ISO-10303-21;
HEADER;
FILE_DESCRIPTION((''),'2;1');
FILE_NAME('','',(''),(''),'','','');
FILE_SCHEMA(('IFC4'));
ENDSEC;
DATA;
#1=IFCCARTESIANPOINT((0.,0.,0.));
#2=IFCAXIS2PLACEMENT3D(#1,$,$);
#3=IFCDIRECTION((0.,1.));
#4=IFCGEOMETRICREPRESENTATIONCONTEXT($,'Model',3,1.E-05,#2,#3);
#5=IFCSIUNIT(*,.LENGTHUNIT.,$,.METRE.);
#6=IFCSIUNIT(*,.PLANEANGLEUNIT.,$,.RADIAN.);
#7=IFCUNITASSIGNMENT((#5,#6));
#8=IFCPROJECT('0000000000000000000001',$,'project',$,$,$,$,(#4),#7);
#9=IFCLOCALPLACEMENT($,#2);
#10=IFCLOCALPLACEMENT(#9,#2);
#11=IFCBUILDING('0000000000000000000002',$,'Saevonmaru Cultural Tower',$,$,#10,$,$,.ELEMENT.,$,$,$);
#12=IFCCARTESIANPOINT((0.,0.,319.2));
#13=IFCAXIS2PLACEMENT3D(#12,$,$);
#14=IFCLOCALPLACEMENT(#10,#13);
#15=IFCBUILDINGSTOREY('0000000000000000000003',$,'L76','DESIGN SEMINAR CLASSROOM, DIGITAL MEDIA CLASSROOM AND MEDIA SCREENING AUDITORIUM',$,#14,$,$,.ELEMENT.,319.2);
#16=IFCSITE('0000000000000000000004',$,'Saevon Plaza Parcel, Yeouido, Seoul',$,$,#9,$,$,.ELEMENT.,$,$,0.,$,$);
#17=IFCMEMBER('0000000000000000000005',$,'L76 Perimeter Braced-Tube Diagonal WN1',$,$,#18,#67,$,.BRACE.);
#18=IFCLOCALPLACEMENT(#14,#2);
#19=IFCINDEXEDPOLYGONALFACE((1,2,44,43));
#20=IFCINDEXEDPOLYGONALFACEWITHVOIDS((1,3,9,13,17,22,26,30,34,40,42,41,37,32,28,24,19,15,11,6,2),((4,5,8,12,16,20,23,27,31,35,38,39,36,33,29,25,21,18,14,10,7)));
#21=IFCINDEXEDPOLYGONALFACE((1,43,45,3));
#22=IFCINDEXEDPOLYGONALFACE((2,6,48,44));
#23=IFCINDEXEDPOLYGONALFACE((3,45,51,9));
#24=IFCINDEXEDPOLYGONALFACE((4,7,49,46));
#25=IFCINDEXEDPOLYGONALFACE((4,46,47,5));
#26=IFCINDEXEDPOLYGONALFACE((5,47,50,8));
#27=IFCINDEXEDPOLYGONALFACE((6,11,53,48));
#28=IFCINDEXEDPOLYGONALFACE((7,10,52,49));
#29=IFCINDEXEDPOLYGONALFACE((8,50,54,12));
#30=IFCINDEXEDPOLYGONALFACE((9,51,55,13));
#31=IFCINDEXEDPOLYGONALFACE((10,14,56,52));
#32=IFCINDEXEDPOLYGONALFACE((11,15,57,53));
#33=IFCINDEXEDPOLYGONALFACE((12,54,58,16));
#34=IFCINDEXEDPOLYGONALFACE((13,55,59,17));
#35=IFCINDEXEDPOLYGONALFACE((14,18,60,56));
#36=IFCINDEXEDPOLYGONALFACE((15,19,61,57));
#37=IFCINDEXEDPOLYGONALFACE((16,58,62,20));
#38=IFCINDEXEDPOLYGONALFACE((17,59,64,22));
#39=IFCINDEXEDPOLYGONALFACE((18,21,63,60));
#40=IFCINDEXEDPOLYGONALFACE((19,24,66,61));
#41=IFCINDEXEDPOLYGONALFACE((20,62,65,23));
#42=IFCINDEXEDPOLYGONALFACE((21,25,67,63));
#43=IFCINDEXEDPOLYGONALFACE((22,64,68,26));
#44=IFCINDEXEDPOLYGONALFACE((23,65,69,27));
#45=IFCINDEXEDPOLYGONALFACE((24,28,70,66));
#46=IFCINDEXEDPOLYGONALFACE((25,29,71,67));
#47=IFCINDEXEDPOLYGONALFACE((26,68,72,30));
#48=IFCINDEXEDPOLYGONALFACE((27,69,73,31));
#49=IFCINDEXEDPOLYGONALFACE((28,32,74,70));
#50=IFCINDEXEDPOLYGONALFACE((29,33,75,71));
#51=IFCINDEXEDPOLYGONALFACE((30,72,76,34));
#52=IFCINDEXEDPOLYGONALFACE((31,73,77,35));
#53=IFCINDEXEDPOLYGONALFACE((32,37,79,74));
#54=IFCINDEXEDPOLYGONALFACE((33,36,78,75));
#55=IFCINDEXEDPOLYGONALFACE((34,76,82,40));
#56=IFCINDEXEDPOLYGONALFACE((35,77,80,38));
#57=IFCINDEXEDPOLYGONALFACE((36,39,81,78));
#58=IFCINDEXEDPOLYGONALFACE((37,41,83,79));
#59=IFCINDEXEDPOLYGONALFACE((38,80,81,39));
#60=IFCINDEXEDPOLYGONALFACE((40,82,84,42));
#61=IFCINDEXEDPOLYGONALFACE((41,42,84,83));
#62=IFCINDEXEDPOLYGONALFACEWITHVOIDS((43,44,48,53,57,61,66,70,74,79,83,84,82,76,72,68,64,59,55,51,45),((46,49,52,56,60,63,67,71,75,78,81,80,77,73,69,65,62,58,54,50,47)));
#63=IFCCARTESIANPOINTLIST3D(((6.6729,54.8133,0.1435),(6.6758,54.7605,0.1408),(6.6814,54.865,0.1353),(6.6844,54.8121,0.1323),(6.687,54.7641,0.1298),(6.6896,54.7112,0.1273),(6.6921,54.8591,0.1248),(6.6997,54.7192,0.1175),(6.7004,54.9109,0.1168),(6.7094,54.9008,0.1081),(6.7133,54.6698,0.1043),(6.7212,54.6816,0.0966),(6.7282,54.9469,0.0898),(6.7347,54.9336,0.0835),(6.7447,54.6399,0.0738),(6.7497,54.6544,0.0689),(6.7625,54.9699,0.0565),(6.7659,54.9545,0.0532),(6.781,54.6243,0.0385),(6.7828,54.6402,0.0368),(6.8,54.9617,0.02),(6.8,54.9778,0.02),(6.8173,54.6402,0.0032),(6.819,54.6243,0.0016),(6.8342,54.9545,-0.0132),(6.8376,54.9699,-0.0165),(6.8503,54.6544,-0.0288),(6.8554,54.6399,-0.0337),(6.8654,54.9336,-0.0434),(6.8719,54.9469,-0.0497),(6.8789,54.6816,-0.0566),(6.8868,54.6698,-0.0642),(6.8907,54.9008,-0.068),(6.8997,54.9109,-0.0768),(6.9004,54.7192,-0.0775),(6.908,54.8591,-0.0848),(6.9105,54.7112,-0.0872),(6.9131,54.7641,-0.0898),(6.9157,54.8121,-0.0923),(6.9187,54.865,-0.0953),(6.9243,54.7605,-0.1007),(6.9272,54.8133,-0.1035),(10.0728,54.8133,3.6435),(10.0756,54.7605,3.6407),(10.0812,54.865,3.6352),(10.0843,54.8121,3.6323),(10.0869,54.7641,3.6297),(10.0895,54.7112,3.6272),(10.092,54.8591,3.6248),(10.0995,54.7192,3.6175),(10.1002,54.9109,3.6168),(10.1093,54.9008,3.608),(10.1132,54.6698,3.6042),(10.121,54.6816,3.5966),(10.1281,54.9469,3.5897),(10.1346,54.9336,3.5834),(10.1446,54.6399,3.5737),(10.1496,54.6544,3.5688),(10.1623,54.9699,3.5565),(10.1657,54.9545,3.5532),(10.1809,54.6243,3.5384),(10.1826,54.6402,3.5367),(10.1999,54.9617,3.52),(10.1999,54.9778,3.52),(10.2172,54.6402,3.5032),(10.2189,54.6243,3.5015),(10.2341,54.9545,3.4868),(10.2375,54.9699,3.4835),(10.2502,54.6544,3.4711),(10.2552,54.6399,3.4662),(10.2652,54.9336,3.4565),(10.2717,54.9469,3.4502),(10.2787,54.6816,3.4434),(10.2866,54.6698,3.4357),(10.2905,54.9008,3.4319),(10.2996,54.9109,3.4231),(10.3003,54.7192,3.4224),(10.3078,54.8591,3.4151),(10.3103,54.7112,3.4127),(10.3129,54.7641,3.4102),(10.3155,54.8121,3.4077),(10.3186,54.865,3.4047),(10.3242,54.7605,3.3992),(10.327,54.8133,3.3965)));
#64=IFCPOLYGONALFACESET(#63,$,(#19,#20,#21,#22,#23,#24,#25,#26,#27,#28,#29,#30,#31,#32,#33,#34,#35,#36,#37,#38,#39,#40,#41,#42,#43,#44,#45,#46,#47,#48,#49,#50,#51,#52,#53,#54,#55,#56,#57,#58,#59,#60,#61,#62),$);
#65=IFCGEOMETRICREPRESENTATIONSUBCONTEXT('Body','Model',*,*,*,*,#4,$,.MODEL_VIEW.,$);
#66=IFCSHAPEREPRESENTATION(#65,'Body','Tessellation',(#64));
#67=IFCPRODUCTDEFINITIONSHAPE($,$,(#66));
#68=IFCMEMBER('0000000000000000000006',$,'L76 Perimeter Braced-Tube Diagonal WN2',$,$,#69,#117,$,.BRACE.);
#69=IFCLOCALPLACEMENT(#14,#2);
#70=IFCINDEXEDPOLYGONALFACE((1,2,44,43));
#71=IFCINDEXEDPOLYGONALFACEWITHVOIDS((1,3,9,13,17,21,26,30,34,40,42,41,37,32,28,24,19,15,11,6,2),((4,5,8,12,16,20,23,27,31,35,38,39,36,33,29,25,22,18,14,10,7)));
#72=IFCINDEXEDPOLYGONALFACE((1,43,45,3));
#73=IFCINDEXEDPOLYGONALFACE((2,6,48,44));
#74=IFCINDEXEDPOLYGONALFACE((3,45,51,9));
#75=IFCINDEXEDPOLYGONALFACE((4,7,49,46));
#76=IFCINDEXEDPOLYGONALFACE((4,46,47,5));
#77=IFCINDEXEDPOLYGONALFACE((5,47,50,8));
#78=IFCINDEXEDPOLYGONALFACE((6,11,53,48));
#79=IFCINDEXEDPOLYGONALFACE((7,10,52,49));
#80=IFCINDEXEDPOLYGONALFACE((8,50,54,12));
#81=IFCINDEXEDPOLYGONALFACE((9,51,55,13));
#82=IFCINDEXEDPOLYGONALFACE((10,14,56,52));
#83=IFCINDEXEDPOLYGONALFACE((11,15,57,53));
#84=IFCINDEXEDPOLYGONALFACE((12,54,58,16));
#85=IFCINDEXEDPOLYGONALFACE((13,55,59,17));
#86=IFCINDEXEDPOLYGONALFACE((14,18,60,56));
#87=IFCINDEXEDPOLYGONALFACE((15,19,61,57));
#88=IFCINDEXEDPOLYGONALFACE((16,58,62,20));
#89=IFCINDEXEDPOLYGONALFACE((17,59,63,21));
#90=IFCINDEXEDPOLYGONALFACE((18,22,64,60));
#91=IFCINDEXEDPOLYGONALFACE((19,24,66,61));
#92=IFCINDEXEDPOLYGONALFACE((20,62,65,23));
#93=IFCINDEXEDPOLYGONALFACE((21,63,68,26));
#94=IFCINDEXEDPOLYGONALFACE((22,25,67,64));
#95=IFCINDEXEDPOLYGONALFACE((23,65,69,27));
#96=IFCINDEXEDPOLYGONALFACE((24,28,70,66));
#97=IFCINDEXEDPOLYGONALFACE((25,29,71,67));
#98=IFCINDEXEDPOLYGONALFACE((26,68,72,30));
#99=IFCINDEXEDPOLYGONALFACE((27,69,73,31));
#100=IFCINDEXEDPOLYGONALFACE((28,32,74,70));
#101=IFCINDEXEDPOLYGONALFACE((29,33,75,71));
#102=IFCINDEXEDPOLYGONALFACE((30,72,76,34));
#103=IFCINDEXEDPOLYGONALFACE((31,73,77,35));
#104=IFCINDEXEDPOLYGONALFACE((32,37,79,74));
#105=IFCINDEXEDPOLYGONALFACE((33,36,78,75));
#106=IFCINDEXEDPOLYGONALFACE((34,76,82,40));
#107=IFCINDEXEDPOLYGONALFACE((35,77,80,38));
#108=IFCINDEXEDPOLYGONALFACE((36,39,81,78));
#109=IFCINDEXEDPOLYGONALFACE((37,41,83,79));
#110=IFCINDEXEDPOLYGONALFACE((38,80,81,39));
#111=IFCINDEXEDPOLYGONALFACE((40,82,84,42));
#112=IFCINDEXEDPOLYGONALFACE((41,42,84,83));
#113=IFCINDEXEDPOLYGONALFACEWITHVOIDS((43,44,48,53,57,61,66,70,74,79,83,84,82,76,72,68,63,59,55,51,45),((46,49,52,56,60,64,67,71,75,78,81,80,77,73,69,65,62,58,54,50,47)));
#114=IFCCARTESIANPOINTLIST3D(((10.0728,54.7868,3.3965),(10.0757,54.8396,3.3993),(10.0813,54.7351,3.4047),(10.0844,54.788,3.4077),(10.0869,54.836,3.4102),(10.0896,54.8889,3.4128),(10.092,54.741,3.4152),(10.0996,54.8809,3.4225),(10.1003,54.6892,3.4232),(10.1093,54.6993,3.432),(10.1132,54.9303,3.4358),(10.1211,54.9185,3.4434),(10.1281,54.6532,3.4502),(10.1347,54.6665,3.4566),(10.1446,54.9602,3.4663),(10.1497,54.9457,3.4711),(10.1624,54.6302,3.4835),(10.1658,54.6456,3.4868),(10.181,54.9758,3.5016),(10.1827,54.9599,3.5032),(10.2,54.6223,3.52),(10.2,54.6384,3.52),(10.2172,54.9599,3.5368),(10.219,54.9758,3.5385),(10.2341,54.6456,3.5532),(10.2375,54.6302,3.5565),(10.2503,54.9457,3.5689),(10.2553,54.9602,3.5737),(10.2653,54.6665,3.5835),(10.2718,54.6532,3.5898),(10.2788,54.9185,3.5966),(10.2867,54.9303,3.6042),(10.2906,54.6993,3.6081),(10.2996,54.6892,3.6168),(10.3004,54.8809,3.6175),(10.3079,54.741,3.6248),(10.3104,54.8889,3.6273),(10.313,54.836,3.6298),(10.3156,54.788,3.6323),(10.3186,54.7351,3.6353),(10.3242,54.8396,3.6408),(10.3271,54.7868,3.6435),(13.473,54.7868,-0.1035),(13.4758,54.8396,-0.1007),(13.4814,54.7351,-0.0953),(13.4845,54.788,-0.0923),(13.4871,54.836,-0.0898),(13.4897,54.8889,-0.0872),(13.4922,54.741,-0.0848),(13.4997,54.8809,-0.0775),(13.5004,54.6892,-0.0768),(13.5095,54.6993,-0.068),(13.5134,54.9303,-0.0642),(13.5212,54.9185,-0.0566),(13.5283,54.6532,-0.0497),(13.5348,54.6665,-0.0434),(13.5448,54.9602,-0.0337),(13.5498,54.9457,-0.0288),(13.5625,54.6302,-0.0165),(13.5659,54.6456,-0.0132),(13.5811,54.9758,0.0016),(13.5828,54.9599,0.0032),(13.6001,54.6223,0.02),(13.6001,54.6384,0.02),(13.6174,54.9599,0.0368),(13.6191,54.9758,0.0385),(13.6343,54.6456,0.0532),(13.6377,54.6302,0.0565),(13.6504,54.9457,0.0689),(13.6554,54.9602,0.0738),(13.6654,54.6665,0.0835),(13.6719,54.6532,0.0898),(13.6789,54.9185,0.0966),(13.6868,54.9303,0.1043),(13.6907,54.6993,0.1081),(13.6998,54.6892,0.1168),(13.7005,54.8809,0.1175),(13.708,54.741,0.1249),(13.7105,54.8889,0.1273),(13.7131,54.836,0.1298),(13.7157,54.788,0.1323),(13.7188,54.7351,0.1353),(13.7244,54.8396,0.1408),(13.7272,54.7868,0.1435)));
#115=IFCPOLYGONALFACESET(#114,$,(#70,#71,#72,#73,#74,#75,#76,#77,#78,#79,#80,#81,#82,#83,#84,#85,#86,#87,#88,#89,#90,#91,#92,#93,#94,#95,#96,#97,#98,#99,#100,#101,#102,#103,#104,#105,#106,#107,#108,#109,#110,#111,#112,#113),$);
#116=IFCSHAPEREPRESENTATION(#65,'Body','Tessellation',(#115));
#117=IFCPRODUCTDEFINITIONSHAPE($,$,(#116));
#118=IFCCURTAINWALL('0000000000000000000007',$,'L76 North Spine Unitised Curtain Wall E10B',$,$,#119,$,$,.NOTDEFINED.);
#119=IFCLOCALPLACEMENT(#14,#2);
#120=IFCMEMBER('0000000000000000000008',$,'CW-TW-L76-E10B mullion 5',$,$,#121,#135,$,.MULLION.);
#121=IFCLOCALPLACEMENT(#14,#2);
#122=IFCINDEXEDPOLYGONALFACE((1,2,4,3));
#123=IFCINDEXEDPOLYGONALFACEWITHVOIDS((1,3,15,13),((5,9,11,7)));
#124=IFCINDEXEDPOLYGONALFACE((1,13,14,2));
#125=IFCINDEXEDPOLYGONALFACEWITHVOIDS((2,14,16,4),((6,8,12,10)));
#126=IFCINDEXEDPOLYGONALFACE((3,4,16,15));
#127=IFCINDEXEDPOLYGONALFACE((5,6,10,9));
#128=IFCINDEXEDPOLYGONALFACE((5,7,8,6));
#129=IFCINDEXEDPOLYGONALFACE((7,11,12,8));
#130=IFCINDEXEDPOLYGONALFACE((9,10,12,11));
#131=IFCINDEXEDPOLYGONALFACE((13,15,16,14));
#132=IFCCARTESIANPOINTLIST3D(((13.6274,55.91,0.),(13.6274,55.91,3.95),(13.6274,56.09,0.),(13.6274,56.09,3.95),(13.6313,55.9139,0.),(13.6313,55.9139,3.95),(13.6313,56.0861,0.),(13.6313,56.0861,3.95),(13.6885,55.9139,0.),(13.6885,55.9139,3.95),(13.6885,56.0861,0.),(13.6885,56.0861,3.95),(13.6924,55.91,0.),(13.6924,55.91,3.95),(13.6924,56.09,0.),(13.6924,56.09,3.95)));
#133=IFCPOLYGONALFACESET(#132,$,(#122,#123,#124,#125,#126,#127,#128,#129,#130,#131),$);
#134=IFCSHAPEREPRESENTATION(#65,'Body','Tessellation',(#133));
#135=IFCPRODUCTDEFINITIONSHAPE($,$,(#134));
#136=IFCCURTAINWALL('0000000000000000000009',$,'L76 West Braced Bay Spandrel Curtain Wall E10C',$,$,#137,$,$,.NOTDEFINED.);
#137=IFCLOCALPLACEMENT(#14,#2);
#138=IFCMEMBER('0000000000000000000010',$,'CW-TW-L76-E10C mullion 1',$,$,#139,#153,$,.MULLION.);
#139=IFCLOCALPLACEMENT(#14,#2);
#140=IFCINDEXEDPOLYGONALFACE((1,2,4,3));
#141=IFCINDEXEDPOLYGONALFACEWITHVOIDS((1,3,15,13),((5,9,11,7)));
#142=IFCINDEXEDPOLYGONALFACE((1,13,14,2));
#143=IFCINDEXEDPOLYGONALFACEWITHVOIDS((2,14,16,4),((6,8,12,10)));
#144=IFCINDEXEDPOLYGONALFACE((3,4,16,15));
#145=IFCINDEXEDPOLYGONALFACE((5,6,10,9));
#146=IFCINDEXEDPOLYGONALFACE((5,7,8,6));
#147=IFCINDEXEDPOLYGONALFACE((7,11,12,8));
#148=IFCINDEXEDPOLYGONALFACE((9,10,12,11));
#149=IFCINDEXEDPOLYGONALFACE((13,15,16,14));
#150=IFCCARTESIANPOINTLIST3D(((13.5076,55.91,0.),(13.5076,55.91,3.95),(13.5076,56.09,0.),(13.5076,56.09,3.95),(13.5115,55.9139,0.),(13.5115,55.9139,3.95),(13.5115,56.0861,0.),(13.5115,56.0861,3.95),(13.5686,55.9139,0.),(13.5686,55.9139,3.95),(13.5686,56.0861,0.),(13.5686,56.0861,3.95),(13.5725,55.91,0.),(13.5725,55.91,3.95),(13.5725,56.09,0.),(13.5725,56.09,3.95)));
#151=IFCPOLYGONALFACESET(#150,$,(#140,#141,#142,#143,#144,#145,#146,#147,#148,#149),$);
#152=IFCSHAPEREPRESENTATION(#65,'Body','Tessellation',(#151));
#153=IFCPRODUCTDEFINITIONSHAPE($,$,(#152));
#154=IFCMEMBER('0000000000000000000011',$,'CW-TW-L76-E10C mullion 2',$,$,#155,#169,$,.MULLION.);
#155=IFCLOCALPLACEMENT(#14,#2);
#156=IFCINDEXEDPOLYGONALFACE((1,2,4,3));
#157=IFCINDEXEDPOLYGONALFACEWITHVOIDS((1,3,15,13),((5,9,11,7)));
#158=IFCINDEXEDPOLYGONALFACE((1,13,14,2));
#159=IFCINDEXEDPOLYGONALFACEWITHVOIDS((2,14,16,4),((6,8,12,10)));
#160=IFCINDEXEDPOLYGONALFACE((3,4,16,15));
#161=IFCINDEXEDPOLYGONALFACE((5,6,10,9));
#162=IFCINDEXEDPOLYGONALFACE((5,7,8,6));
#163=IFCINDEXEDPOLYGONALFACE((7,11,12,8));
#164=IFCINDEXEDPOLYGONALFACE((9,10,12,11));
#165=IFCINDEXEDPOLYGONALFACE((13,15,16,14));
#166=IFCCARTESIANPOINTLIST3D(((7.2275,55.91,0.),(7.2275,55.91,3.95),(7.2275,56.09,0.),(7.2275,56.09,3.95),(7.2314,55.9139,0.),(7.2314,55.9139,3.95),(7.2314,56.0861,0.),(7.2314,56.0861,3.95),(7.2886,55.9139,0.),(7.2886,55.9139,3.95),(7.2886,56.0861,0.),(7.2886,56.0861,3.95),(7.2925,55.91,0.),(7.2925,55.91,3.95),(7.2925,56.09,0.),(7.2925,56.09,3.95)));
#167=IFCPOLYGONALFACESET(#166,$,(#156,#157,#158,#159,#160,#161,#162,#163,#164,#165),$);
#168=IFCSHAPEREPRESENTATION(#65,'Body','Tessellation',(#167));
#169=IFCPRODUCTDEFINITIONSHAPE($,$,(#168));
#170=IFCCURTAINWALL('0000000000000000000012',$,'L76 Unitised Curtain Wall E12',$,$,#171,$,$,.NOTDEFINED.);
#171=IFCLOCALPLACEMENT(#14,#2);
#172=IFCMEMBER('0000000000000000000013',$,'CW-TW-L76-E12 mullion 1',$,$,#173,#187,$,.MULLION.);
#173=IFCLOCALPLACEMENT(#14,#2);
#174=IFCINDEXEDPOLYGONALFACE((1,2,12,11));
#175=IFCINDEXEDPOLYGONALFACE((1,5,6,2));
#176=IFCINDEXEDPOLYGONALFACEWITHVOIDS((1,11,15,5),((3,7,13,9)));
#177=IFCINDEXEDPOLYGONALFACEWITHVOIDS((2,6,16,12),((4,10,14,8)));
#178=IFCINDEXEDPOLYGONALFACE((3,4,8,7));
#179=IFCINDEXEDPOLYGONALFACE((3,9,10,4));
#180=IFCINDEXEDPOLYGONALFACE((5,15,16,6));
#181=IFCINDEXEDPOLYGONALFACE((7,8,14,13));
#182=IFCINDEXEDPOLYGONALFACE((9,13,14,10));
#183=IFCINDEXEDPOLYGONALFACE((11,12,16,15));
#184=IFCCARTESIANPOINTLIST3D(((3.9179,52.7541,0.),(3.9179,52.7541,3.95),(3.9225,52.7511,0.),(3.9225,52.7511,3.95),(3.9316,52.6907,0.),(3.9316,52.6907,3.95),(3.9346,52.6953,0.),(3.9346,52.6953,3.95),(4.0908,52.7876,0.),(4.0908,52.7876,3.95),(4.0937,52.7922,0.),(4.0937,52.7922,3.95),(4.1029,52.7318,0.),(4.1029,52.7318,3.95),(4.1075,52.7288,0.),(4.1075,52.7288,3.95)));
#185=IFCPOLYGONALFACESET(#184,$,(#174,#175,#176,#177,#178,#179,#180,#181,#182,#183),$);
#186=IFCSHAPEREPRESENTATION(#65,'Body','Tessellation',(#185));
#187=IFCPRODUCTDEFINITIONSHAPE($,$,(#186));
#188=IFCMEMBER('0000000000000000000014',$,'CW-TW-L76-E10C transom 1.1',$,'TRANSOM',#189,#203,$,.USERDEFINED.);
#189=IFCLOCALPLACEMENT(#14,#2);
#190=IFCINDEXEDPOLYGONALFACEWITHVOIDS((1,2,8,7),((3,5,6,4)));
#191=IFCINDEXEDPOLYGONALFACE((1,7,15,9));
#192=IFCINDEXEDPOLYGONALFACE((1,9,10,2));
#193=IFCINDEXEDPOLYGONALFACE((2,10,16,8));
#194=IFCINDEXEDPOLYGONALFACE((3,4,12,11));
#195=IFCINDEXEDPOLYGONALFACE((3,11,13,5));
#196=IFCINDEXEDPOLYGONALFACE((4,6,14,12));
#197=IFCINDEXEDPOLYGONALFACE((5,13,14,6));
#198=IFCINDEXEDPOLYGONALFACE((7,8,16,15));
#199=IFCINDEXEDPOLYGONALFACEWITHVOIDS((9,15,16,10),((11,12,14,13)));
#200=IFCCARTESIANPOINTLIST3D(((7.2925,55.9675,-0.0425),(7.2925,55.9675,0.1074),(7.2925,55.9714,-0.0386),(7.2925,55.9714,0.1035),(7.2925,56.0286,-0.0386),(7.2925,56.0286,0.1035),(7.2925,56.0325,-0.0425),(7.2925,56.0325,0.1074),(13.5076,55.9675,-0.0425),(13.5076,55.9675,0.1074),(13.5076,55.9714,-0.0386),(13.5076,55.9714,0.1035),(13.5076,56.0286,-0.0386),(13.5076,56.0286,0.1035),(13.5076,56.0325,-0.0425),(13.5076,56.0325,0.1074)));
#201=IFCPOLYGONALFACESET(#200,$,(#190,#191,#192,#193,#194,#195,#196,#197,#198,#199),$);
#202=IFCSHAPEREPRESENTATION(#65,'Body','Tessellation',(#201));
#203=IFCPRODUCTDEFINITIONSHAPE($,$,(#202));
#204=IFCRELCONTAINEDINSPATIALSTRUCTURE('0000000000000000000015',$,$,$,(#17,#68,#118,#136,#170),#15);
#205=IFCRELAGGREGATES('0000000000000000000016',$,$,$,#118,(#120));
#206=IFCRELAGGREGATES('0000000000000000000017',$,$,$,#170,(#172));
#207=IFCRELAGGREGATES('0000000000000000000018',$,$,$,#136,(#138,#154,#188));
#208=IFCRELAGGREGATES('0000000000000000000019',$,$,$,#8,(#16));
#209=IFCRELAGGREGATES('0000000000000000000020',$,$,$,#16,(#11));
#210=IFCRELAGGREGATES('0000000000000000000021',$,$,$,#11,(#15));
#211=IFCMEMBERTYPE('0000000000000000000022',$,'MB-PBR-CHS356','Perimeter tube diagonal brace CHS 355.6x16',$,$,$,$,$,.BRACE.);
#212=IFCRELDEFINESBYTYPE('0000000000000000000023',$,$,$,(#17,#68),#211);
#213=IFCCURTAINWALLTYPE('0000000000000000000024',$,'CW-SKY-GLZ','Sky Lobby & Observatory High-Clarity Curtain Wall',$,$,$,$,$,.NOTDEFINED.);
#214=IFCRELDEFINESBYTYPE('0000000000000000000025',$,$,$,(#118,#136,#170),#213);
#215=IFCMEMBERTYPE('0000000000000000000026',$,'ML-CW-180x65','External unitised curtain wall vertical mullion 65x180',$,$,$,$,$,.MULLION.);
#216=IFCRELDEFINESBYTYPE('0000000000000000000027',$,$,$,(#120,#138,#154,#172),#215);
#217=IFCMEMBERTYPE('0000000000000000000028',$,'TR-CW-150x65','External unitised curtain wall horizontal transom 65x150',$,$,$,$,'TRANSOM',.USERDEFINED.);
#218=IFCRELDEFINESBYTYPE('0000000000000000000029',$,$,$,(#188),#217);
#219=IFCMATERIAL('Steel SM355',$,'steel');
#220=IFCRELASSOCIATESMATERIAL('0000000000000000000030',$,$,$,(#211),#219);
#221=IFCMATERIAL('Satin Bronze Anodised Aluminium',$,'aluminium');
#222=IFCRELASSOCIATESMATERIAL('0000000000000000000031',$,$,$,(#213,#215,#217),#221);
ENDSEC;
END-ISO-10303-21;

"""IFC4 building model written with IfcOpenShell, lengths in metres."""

from ifc_helpers import new_model, si_unit, direction, frame, origin, origin_2d, place, context, subcontext, project, spatial, hollow_rectangle, hollow_circle, extrude, material, material_profile, profile_set, type_object, element, aggregate, save


model = new_model("IFC4")

# Units and contexts
model_context = context("Model", 3, precision=1e-05, world=origin(), true_north=direction((0.0, 1.0)))
body_context = subcontext(model_context, "Body", "Model", "MODEL_VIEW")
ifc_project = project(units=[si_unit("LENGTHUNIT", "METRE"), si_unit("PLANEANGLEUNIT", "RADIAN")], contexts=[model_context])

# Site, building, storey
site_placement = place(None, origin())
site = spatial("IfcSite", under=ifc_project, at=site_placement, Name="Saevon Plaza Parcel, Yeouido, Seoul", CompositionType="ELEMENT", RefElevation=0.0)
building_placement = place(site_placement, origin())
building = spatial("IfcBuilding", under=site, at=building_placement, Name="Saevonmaru Cultural Tower", CompositionType="ELEMENT")
storey_placement = place(building_placement, frame((0.0, 0.0, 319.2)))
storey = spatial("IfcBuildingStorey", under=building, at=storey_placement, Name="L76", Description="DESIGN SEMINAR CLASSROOM, DIGITAL MEDIA CLASSROOM AND MEDIA SCREENING AUDITORIUM", CompositionType="ELEMENT", Elevation=319.2)

# Shared definitions
ifc_material_1 = material(Name="Steel SM355", Category="steel")

# Members
ifc_material_profile_1 = material_profile(ifc_material_1, hollow_circle(Radius=0.1777, WallThickness=0.0161, at=origin_2d()), Name="CHS-355.6x16")
ifc_profile_set_1 = profile_set([ifc_material_profile_1], Name="Steel SM355")
member_type_1 = type_object("IfcMemberType", Name="MB-PBR-CHS356", Description="Perimeter tube diagonal brace CHS 355.6x16", PredefinedType="BRACE", material=ifc_profile_set_1)
member_1_placement = place(storey_placement, frame((6.8, 54.8, 0.02), z_axis=(0.696775, 0.0, 0.717289), x_axis=(0.0, 1.0, 0.0)))
element("IfcMember", 1, at=member_1_placement, inside=storey, type_object=member_type_1, Name="L76 Perimeter Braced-Tube Diagonal WN1", PredefinedType="BRACE", context=body_context, shape_type="SweptSolid", body=[
    extrude(hollow_circle(Radius=0.1777, WallThickness=0.0161, at=origin_2d()), origin(), (0.0, 0.0, 1.0), 4.8794),
])
member_2_placement = place(storey_placement, frame((13.6001, 54.8, 0.02), z_axis=(-0.696801, 0.0, 0.717264), x_axis=(0.0, -1.0, 0.0)))
element("IfcMember", 2, at=member_2_placement, inside=storey, type_object=member_type_1, Name="L76 Perimeter Braced-Tube Diagonal WN2", PredefinedType="BRACE", context=body_context, shape_type="SweptSolid", body=[
    extrude(hollow_circle(Radius=0.1777, WallThickness=0.0161, at=origin_2d()), origin(), (0.0, 0.0, 1.0), 4.8796),
])

# Curtain wall, member
ifc_material_2 = material(Name="Satin Bronze Anodised Aluminium", Category="aluminium")
curtain_wall_type = type_object("IfcCurtainWallType", Name="CW-SKY-GLZ", Description="Sky Lobby & Observatory High-Clarity Curtain Wall", PredefinedType="NOTDEFINED", material=ifc_material_2)
curtain_wall_1_placement = place(storey_placement, origin())
curtain_wall_1 = element("IfcCurtainWall", 3, at=curtain_wall_1_placement, inside=storey, type_object=curtain_wall_type, Name="L76 North Spine Unitised Curtain Wall E10B", PredefinedType="NOTDEFINED")
ifc_material_profile_2 = material_profile(ifc_material_2, hollow_rectangle(XDim=0.0649, YDim=0.1799, WallThickness=0.0039, at=origin_2d()), Name="ALU-MULL-180x65x4")
ifc_profile_set_2 = profile_set([ifc_material_profile_2], Name="Satin Bronze Anodised Aluminium")
member_type_2 = type_object("IfcMemberType", Name="ML-CW-180x65", Description="External unitised curtain wall vertical mullion 65x180", PredefinedType="MULLION", material=ifc_profile_set_2)
member_3_placement = place(storey_placement, frame((13.6599, 56.0, 0.0), z_axis=(0.0, 0.0, 1.0), x_axis=(-1.0, 0.0, 0.0)))
member_3 = element("IfcMember", 4, at=member_3_placement, type_object=member_type_2, Name="CW-TW-L76-E10B mullion 5", PredefinedType="MULLION", context=body_context, shape_type="SweptSolid", body=[
    extrude(hollow_rectangle(XDim=0.0649, YDim=0.1799, WallThickness=0.0039, at=origin_2d()), origin(), (0.0, 0.0, 1.0), 3.95),
])
aggregate(curtain_wall_1, [member_3])

# Curtain wall, members
curtain_wall_2_placement = place(storey_placement, origin())
curtain_wall_2 = element("IfcCurtainWall", 5, at=curtain_wall_2_placement, inside=storey, type_object=curtain_wall_type, Name="L76 West Braced Bay Spandrel Curtain Wall E10C", PredefinedType="NOTDEFINED")
member_4_placement = place(storey_placement, frame((13.54, 56.0, 0.0), z_axis=(0.0, 0.0, 1.0), x_axis=(-1.0, 0.0, 0.0)))
member_4 = element("IfcMember", 6, at=member_4_placement, type_object=member_type_2, Name="CW-TW-L76-E10C mullion 1", PredefinedType="MULLION", context=body_context, shape_type="SweptSolid", body=[
    extrude(hollow_rectangle(XDim=0.0649, YDim=0.1799, WallThickness=0.0039, at=origin_2d()), origin(), (0.0, 0.0, 1.0), 3.95),
])
member_5_placement = place(storey_placement, frame((7.26, 56.0, 0.0), z_axis=(0.0, 0.0, 1.0), x_axis=(-1.0, 0.0, 0.0)))
member_5 = element("IfcMember", 7, at=member_5_placement, type_object=member_type_2, Name="CW-TW-L76-E10C mullion 2", PredefinedType="MULLION", context=body_context, shape_type="SweptSolid", body=[
    extrude(hollow_rectangle(XDim=0.0649, YDim=0.1799, WallThickness=0.0039, at=origin_2d()), origin(), (0.0, 0.0, 1.0), 3.95),
])

# Curtain wall, member
curtain_wall_3_placement = place(storey_placement, origin())
curtain_wall_3 = element("IfcCurtainWall", 8, at=curtain_wall_3_placement, inside=storey, type_object=curtain_wall_type, Name="L76 Unitised Curtain Wall E12", PredefinedType="NOTDEFINED")
member_6_placement = place(storey_placement, frame((4.0127, 52.7415, 0.0), z_axis=(0.0, 0.0, 1.0), x_axis=(0.21175, -0.977324, 0.0)))
member_6 = element("IfcMember", 9, at=member_6_placement, type_object=member_type_2, Name="CW-TW-L76-E12 mullion 1", PredefinedType="MULLION", context=body_context, shape_type="SweptSolid", body=[
    extrude(hollow_rectangle(XDim=0.0649, YDim=0.1799, WallThickness=0.0039, at=origin_2d()), origin(), (0.0, 0.0, 1.0), 3.95),
])

# Member
ifc_material_profile_3 = material_profile(ifc_material_2, hollow_rectangle(XDim=0.0649, YDim=0.1499, WallThickness=0.0039, at=origin_2d()), Name="ALU-TRAN-150x65x4")
ifc_profile_set_3 = profile_set([ifc_material_profile_3], Name="Satin Bronze Anodised Aluminium")
member_type_3 = type_object("IfcMemberType", Name="TR-CW-150x65", Description="External unitised curtain wall horizontal transom 65x150", ElementType="TRANSOM", PredefinedType="USERDEFINED", material=ifc_profile_set_3)
member_7_placement = place(storey_placement, frame((13.5076, 56.0, 0.0325), z_axis=(-1.0, 0.0, 0.0), x_axis=(0.0, -1.0, 0.0)))
member_7 = element("IfcMember", 10, at=member_7_placement, type_object=member_type_3, Name="CW-TW-L76-E10C transom 1.1", ObjectType="TRANSOM", PredefinedType="USERDEFINED", context=body_context, shape_type="SweptSolid", body=[
    extrude(hollow_rectangle(XDim=0.0649, YDim=0.1499, WallThickness=0.0039, at=origin_2d()), origin(), (0.0, 0.0, 1.0), 6.2151),
])
aggregate(curtain_wall_3, [member_6])

aggregate(curtain_wall_2, [member_4, member_5, member_7])

save(model, "model.ifc")
